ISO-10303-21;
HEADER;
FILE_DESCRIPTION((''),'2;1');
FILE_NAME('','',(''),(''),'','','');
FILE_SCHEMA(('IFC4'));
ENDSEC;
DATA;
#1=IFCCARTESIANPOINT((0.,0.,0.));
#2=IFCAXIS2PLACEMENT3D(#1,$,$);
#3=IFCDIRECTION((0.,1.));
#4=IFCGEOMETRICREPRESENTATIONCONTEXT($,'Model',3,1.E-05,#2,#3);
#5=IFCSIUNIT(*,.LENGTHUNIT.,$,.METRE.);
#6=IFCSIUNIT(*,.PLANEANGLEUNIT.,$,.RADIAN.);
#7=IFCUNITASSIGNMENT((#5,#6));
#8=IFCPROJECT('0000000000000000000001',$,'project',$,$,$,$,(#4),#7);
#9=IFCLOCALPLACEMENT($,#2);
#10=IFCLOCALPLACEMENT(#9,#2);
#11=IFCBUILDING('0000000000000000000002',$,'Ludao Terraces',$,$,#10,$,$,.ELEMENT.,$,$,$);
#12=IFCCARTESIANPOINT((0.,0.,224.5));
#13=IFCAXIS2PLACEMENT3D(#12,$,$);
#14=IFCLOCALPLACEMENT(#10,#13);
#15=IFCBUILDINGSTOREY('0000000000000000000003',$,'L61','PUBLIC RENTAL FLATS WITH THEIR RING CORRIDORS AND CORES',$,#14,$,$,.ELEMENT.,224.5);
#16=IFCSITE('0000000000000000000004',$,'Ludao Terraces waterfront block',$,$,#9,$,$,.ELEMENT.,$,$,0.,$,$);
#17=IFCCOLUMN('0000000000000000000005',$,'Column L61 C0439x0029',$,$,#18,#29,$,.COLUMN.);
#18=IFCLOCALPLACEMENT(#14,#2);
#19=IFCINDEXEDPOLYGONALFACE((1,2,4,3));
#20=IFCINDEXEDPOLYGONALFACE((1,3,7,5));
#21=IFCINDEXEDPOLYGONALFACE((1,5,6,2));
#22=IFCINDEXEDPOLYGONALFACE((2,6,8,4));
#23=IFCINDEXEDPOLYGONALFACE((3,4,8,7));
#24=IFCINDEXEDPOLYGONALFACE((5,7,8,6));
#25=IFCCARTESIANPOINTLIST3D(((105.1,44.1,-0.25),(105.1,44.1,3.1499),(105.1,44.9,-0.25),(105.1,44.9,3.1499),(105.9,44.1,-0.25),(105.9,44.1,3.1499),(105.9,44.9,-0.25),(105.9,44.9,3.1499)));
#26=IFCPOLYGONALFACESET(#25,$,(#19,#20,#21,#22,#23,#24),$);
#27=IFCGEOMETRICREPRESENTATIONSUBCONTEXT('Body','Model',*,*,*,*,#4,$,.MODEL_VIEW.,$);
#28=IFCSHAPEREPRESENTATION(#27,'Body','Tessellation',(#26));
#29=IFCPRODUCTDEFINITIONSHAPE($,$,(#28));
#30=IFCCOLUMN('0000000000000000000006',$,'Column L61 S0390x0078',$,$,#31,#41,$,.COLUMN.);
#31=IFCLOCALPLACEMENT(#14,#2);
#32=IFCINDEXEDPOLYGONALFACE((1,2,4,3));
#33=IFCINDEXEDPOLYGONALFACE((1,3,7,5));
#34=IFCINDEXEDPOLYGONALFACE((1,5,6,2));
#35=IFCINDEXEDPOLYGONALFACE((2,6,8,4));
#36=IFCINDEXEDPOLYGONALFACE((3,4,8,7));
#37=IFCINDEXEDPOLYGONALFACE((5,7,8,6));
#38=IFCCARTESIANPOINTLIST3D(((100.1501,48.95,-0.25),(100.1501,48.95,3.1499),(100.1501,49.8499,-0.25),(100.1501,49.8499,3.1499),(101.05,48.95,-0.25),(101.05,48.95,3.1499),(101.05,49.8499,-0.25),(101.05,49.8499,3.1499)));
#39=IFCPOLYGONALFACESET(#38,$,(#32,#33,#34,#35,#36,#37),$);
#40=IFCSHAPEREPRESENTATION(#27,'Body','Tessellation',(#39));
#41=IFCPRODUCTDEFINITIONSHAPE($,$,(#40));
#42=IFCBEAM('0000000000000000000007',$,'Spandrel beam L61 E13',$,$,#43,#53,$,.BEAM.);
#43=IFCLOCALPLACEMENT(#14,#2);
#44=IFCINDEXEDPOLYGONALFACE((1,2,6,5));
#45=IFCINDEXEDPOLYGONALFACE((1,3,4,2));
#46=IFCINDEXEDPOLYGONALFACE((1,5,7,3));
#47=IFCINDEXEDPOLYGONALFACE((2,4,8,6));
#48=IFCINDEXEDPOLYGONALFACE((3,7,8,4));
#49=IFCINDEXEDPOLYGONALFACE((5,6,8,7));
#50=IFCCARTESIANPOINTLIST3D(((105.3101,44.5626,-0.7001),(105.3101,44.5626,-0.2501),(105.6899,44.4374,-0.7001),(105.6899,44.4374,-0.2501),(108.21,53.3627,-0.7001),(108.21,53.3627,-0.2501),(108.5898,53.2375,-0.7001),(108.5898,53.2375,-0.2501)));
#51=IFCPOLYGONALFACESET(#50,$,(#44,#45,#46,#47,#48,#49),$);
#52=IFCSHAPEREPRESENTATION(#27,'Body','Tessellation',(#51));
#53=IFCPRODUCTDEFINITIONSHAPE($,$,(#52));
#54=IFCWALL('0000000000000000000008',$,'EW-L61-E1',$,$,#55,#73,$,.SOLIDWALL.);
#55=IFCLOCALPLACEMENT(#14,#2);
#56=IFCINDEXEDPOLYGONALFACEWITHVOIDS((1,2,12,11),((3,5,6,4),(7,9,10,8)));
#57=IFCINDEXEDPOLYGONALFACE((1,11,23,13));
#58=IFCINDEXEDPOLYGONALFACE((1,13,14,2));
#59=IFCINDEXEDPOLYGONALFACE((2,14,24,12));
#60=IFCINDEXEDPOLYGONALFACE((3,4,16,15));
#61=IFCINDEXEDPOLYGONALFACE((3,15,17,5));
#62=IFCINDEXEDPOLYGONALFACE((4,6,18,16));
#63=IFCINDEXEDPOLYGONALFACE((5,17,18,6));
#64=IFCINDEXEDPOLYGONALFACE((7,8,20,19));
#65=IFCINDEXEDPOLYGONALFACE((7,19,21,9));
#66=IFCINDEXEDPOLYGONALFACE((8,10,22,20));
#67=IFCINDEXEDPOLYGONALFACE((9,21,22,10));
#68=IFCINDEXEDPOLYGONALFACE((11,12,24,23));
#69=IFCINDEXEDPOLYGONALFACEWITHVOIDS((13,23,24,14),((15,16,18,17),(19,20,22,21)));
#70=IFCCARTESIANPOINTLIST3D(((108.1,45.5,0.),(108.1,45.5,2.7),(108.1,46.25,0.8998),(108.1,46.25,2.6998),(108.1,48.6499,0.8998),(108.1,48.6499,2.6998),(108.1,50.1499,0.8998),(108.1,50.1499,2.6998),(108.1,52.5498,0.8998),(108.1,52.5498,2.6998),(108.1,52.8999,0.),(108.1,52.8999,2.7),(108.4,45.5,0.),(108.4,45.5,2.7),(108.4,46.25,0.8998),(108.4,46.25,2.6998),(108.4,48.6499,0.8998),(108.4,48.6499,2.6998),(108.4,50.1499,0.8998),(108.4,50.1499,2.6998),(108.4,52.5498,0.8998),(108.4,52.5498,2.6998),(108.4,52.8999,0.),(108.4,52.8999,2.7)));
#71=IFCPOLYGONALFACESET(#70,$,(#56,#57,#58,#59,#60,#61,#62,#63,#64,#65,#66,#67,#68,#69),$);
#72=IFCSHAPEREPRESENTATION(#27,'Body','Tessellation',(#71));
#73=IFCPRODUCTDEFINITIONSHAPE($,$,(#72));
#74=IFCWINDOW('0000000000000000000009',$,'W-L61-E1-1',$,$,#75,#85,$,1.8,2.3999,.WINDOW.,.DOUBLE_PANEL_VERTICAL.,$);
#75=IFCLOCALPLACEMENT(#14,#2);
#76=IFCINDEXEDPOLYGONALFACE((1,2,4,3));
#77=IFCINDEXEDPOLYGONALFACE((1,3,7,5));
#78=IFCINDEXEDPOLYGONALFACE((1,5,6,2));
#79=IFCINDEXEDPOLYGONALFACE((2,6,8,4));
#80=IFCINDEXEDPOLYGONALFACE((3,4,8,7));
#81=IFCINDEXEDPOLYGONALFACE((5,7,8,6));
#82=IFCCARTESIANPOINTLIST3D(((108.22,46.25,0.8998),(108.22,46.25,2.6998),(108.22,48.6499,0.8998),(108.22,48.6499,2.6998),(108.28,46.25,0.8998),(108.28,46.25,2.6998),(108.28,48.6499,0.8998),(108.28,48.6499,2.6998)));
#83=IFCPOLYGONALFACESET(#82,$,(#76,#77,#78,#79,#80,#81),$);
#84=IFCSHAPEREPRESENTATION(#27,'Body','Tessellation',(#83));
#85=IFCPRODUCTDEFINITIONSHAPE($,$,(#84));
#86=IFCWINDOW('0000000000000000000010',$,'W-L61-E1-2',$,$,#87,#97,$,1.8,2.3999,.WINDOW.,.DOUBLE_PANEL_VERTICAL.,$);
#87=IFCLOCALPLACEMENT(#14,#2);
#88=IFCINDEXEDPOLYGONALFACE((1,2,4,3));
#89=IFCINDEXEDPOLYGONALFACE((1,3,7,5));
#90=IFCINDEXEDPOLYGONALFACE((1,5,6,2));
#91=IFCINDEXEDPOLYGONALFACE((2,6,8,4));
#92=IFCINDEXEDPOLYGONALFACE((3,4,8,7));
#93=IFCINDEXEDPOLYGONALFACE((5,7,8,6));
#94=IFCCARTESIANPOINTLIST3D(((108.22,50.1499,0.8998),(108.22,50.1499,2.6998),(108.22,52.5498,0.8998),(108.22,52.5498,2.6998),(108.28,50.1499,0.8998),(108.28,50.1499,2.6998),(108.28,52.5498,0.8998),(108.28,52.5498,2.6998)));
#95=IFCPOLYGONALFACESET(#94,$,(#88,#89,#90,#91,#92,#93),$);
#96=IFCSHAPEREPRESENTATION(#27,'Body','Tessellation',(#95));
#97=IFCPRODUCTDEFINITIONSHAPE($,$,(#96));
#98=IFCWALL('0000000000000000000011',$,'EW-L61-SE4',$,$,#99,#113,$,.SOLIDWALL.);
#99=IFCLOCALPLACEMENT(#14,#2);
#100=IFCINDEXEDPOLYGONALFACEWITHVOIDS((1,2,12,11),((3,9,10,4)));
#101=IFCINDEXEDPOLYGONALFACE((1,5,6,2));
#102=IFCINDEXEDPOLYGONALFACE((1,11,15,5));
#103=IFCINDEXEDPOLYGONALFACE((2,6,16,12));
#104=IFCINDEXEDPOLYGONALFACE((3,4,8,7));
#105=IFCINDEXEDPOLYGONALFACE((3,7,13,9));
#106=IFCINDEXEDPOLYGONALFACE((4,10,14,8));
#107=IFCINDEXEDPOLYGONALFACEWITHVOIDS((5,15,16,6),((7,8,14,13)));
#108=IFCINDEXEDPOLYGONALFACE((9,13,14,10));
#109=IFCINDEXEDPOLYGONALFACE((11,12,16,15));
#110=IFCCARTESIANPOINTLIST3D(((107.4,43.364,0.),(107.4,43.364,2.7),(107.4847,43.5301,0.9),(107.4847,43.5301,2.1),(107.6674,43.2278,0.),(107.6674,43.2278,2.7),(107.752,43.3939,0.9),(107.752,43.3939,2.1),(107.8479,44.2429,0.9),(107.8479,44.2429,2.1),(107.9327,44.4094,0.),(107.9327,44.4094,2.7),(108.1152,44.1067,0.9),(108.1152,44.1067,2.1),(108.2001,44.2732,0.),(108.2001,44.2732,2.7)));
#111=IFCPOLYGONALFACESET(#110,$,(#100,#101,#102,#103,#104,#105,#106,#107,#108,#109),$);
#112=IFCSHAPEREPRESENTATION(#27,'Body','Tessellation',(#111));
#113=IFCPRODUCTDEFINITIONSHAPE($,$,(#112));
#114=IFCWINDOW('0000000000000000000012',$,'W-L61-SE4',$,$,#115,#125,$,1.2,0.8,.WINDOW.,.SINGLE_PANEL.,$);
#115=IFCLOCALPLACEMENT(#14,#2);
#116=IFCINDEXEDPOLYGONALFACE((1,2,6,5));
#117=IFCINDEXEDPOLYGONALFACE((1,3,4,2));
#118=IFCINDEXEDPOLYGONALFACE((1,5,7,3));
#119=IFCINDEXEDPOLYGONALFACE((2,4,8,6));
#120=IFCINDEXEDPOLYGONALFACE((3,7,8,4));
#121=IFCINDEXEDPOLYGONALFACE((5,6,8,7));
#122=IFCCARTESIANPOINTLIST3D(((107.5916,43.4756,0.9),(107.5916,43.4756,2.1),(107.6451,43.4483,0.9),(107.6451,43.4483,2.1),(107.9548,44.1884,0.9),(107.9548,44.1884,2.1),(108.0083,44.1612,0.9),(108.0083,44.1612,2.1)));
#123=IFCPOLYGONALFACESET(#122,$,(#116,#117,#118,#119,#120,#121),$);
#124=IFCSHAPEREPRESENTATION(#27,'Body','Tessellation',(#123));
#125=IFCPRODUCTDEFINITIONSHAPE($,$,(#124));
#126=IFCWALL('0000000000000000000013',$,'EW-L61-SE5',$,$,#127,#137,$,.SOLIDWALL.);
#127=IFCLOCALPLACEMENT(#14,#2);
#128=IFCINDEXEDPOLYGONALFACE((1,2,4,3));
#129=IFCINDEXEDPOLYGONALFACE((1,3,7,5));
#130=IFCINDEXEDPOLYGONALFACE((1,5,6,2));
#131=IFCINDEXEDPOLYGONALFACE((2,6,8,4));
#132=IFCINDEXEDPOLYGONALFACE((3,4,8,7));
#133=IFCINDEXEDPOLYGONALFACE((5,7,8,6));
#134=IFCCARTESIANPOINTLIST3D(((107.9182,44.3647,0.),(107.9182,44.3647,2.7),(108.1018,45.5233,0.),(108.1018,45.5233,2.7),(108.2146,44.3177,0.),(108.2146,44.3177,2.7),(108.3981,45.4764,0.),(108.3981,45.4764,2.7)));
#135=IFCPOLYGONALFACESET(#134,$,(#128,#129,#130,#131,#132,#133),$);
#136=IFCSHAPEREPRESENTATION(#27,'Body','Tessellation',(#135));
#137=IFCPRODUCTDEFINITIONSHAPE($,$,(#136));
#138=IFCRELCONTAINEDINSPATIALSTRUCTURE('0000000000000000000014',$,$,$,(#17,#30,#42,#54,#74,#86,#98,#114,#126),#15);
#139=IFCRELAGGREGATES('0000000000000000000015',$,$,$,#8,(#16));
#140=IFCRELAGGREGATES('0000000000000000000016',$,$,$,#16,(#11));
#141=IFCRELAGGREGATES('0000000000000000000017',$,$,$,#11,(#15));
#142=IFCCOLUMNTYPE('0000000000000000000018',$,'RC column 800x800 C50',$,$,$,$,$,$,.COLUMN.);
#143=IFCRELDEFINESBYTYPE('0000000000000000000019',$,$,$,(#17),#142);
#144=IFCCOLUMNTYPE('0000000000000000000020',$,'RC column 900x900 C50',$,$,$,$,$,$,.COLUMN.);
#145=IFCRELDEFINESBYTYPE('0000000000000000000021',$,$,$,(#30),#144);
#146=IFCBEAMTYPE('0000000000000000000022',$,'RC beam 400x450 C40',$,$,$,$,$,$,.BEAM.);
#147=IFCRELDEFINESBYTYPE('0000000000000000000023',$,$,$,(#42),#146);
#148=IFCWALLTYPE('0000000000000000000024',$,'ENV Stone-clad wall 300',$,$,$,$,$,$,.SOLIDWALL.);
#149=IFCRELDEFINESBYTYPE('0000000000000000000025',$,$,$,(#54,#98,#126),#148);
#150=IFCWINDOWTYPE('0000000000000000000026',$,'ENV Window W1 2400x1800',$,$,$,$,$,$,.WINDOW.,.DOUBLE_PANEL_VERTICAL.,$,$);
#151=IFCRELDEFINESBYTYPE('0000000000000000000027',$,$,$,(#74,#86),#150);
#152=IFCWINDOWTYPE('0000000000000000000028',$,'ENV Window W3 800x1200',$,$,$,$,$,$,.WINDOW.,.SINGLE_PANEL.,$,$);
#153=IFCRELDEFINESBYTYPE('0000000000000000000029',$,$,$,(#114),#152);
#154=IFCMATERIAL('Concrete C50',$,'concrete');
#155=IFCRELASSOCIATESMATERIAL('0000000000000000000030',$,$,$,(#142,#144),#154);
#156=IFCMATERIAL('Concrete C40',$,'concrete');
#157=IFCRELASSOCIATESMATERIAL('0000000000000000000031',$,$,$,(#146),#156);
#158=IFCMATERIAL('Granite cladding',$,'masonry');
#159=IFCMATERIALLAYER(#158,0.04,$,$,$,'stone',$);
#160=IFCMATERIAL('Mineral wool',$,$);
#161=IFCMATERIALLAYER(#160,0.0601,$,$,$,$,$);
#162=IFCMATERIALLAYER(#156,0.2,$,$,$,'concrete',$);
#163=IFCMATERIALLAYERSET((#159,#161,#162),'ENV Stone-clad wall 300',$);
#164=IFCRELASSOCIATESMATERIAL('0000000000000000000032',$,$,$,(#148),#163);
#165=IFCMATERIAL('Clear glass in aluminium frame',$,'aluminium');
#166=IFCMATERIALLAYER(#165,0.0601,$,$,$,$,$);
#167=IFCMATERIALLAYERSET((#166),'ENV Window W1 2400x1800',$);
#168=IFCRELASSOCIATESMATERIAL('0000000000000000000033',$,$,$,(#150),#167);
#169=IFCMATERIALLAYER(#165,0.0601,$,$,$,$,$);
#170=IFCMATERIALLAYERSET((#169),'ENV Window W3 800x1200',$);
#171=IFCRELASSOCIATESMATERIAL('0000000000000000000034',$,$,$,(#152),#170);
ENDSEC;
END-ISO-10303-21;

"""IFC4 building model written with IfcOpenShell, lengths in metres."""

from ifc_helpers import new_model, si_unit, direction, frame, frame_2d, origin, origin_2d, place, context, subcontext, project, spatial, rectangle, extrude, material, layer, layer_set, material_profile, profile_set, type_object, element, fill, save


model = new_model("IFC4")

# Units and contexts
model_context = context("Model", 3, precision=1e-05, world=origin(), true_north=direction((0.0, 1.0)))
body_context = subcontext(model_context, "Body", "Model", "MODEL_VIEW")
ifc_project = project(units=[si_unit("LENGTHUNIT", "METRE"), si_unit("PLANEANGLEUNIT", "RADIAN")], contexts=[model_context])

# Site, building, storey
site_placement = place(None, origin())
site = spatial("IfcSite", under=ifc_project, at=site_placement, Name="Ludao Terraces waterfront block", CompositionType="ELEMENT", RefElevation=0.0)
building_placement = place(site_placement, origin())
building = spatial("IfcBuilding", under=site, at=building_placement, Name="Ludao Terraces", CompositionType="ELEMENT")
storey_placement = place(building_placement, frame((0.0, 0.0, 224.5)))
storey = spatial("IfcBuildingStorey", under=building, at=storey_placement, Name="L61", Description="PUBLIC RENTAL FLATS WITH THEIR RING CORRIDORS AND CORES", CompositionType="ELEMENT", Elevation=224.5)

# Columns
ifc_material_1 = material(Name="Concrete C50", Category="concrete")
ifc_material_profile_1 = material_profile(ifc_material_1, rectangle(XDim=0.8, YDim=0.8, at=origin_2d()), Name="800 X 800")
ifc_profile_set_1 = profile_set([ifc_material_profile_1], Name="Concrete C50")
column_type_1 = type_object("IfcColumnType", Name="RC column 800x800 C50", PredefinedType="COLUMN", material=ifc_profile_set_1)
column_1_placement = place(storey_placement, frame((105.5, 44.5, -0.25), z_axis=(0.0, 0.0, 1.0), x_axis=(1.0, 0.0, 0.0)))
element("IfcColumn", 1, at=column_1_placement, inside=storey, type_object=column_type_1, Name="Column L61 C0439x0029", PredefinedType="COLUMN", context=body_context, shape_type="SweptSolid", body=[
    extrude(rectangle(XDim=0.8, YDim=0.8, at=origin_2d()), origin(), (0.0, 0.0, 1.0), 3.3999),
])
ifc_material_profile_2 = material_profile(ifc_material_1, rectangle(XDim=0.8999, YDim=0.8999, at=origin_2d()), Name="900 X 900")
ifc_profile_set_2 = profile_set([ifc_material_profile_2], Name="Concrete C50")
column_type_2 = type_object("IfcColumnType", Name="RC column 900x900 C50", PredefinedType="COLUMN", material=ifc_profile_set_2)
column_2_placement = place(storey_placement, frame((100.6001, 49.3999, -0.25), z_axis=(0.0, 0.0, 1.0), x_axis=(1.0, 0.0, 0.0)))
element("IfcColumn", 2, at=column_2_placement, inside=storey, type_object=column_type_2, Name="Column L61 S0390x0078", PredefinedType="COLUMN", context=body_context, shape_type="SweptSolid", body=[
    extrude(rectangle(XDim=0.8999, YDim=0.8999, at=origin_2d()), origin(), (0.0, 0.0, 1.0), 3.3999),
])

# Beam
ifc_material_2 = material(Name="Concrete C40", Category="concrete")
ifc_material_profile_3 = material_profile(ifc_material_2, rectangle(XDim=0.3999, YDim=0.45, at=origin_2d()), Name="400 X 450")
ifc_profile_set_3 = profile_set([ifc_material_profile_3], Name="Concrete C40")
beam_type = type_object("IfcBeamType", Name="RC beam 400x450 C40", PredefinedType="BEAM", material=ifc_profile_set_3)
beam_placement = place(storey_placement, frame((105.5, 44.5, -0.4751), z_axis=(0.312977, 0.949761, 0.0), x_axis=(-0.949761, 0.312977, 0.0)))
element("IfcBeam", 3, at=beam_placement, inside=storey, type_object=beam_type, Name="Spandrel beam L61 E13", PredefinedType="BEAM", context=body_context, shape_type="SweptSolid", body=[
    extrude(rectangle(XDim=0.3999, YDim=0.45, at=origin_2d()), origin(), (0.0, 0.0, 1.0), 9.2656),
])

# Wall, openings, windows
ifc_material_3 = material(Name="Granite cladding", Category="masonry")
ifc_layer_1 = layer(ifc_material_3, 0.04, Category="stone")
ifc_material_4 = material(Name="Mineral wool")
ifc_layer_2 = layer(ifc_material_4, 0.0601)
ifc_layer_3 = layer(ifc_material_2, 0.2, Category="concrete")
ifc_layer_set_1 = layer_set([ifc_layer_1, ifc_layer_2, ifc_layer_3], Name="ENV Stone-clad wall 300")
wall_type_1 = type_object("IfcWallType", Name="ENV Stone-clad wall 300", PredefinedType="SOLIDWALL", material=ifc_layer_set_1)
wall_1_placement = place(storey_placement, frame((108.25, 45.5, 0.0), z_axis=(0.0, 0.0, 1.0), x_axis=(0.0, 1.0, 0.0)))
wall_1 = element("IfcWall", 4, at=wall_1_placement, inside=storey, type_object=wall_type_1, Name="EW-L61-E1", PredefinedType="SOLIDWALL", context=body_context, shape_type="SweptSolid", body=[
    extrude(rectangle(XDim=7.3999, YDim=0.3, at=frame_2d((3.7, 0.0))), origin(), (0.0, 0.0, 1.0), 2.7),
])
opening_1_placement = place(wall_1_placement, frame((0.75, 0.0, 0.8999)))
opening_1 = element("IfcOpeningElement", 5, at=opening_1_placement, cuts=wall_1, PredefinedType="OPENING", context=body_context, shape_type="SweptSolid", body=[
    extrude(rectangle(XDim=2.3999, YDim=1.8, at=frame_2d((1.2, 0.8999))), frame((0.0, 0.1602, 0.0), z_axis=(0.0, -1.0, 0.0), x_axis=(1.0, 0.0, 0.0)), (0.0, 0.0, 1.0), 0.3201),
])
opening_2_placement = place(wall_1_placement, frame((4.6499, 0.0, 0.8999)))
opening_2 = element("IfcOpeningElement", 6, at=opening_2_placement, cuts=wall_1, PredefinedType="OPENING", context=body_context, shape_type="SweptSolid", body=[
    extrude(rectangle(XDim=2.3999, YDim=1.8, at=frame_2d((1.2, 0.8999))), frame((0.0, 0.1602, 0.0), z_axis=(0.0, -1.0, 0.0), x_axis=(1.0, 0.0, 0.0)), (0.0, 0.0, 1.0), 0.3201),
])
ifc_material_5 = material(Name="Clear glass in aluminium frame", Category="aluminium")
ifc_layer_4 = layer(ifc_material_5, 0.0601)
ifc_layer_set_2 = layer_set([ifc_layer_4], Name="ENV Window W1 2400x1800")
window_type_1 = type_object("IfcWindowType", Name="ENV Window W1 2400x1800", PartitioningType="DOUBLE_PANEL_VERTICAL", PredefinedType="WINDOW", material=ifc_layer_set_2)
window_1_placement = place(opening_1_placement, origin())
window_1 = element("IfcWindow", 7, at=window_1_placement, inside=storey, type_object=window_type_1, Name="W-L61-E1-1", OverallHeight=1.8, OverallWidth=2.3999, PartitioningType="DOUBLE_PANEL_VERTICAL", PredefinedType="WINDOW", context=body_context, shape_type="SweptSolid", body=[
    extrude(rectangle(XDim=2.3999, YDim=1.8, at=frame_2d((1.2, 0.8999))), frame((0.0, 0.03, 0.0), z_axis=(0.0, -1.0, 0.0), x_axis=(1.0, 0.0, 0.0)), (0.0, 0.0, 1.0), 0.0601),
])
fill(opening_1, window_1)
window_2_placement = place(opening_2_placement, origin())
window_2 = element("IfcWindow", 8, at=window_2_placement, inside=storey, type_object=window_type_1, Name="W-L61-E1-2", OverallHeight=1.8, OverallWidth=2.3999, PartitioningType="DOUBLE_PANEL_VERTICAL", PredefinedType="WINDOW", context=body_context, shape_type="SweptSolid", body=[
    extrude(rectangle(XDim=2.3999, YDim=1.8, at=frame_2d((1.2, 0.8999))), frame((0.0, 0.03, 0.0), z_axis=(0.0, -1.0, 0.0), x_axis=(1.0, 0.0, 0.0)), (0.0, 0.0, 1.0), 0.0601),
])
fill(opening_2, window_2)

# Wall, opening, window
wall_2_placement = place(storey_placement, frame((107.5337, 43.2959, 0.0), z_axis=(0.0, 0.0, 1.0), x_axis=(0.454026, 0.890989, 0.0)))
wall_2 = element("IfcWall", 9, at=wall_2_placement, inside=storey, type_object=wall_type_1, Name="EW-L61-SE4", PredefinedType="SOLIDWALL", context=body_context, shape_type="SweptSolid", body=[
    extrude(rectangle(XDim=1.1733, YDim=0.3, at=frame_2d((0.5867, 0.0))), origin(), (0.0, 0.0, 1.0), 2.7),
])
opening_3_placement = place(wall_2_placement, frame((0.1865, 0.0, 0.8999)))
opening_3 = element("IfcOpeningElement", 10, at=opening_3_placement, cuts=wall_2, PredefinedType="OPENING", context=body_context, shape_type="SweptSolid", body=[
    extrude(rectangle(XDim=0.8, YDim=1.2, at=frame_2d((0.3999, 0.6001))), frame((0.0, 0.1602, 0.0), z_axis=(0.0, -1.0, 0.0), x_axis=(1.0, 0.0, 0.0)), (0.0, 0.0, 1.0), 0.3201),
])
ifc_layer_5 = layer(ifc_material_5, 0.0601)
ifc_layer_set_3 = layer_set([ifc_layer_5], Name="ENV Window W3 800x1200")
window_type_2 = type_object("IfcWindowType", Name="ENV Window W3 800x1200", PartitioningType="SINGLE_PANEL", PredefinedType="WINDOW", material=ifc_layer_set_3)
window_3_placement = place(opening_3_placement, origin())
window_3 = element("IfcWindow", 11, at=window_3_placement, inside=storey, type_object=window_type_2, Name="W-L61-SE4", OverallHeight=1.2, OverallWidth=0.8, PartitioningType="SINGLE_PANEL", PredefinedType="WINDOW", context=body_context, shape_type="SweptSolid", body=[
    extrude(rectangle(XDim=0.8, YDim=1.2, at=frame_2d((0.3999, 0.6001))), frame((0.0, 0.03, 0.0), z_axis=(0.0, -1.0, 0.0), x_axis=(1.0, 0.0, 0.0)), (0.0, 0.0, 1.0), 0.0601),
])
fill(opening_3, window_3)

# Wall
wall_3_placement = place(storey_placement, frame((108.0664, 44.3413, 0.0), z_axis=(0.0, 0.0, 1.0), x_axis=(0.156497, 0.987678, 0.0)))
element("IfcWall", 12, at=wall_3_placement, inside=storey, type_object=wall_type_1, Name="EW-L61-SE5", PredefinedType="SOLIDWALL", context=body_context, shape_type="SweptSolid", body=[
    extrude(rectangle(XDim=1.1731, YDim=0.3, at=frame_2d((0.5864, 0.0))), origin(), (0.0, 0.0, 1.0), 2.7),
])

save(model, "model.ifc")
